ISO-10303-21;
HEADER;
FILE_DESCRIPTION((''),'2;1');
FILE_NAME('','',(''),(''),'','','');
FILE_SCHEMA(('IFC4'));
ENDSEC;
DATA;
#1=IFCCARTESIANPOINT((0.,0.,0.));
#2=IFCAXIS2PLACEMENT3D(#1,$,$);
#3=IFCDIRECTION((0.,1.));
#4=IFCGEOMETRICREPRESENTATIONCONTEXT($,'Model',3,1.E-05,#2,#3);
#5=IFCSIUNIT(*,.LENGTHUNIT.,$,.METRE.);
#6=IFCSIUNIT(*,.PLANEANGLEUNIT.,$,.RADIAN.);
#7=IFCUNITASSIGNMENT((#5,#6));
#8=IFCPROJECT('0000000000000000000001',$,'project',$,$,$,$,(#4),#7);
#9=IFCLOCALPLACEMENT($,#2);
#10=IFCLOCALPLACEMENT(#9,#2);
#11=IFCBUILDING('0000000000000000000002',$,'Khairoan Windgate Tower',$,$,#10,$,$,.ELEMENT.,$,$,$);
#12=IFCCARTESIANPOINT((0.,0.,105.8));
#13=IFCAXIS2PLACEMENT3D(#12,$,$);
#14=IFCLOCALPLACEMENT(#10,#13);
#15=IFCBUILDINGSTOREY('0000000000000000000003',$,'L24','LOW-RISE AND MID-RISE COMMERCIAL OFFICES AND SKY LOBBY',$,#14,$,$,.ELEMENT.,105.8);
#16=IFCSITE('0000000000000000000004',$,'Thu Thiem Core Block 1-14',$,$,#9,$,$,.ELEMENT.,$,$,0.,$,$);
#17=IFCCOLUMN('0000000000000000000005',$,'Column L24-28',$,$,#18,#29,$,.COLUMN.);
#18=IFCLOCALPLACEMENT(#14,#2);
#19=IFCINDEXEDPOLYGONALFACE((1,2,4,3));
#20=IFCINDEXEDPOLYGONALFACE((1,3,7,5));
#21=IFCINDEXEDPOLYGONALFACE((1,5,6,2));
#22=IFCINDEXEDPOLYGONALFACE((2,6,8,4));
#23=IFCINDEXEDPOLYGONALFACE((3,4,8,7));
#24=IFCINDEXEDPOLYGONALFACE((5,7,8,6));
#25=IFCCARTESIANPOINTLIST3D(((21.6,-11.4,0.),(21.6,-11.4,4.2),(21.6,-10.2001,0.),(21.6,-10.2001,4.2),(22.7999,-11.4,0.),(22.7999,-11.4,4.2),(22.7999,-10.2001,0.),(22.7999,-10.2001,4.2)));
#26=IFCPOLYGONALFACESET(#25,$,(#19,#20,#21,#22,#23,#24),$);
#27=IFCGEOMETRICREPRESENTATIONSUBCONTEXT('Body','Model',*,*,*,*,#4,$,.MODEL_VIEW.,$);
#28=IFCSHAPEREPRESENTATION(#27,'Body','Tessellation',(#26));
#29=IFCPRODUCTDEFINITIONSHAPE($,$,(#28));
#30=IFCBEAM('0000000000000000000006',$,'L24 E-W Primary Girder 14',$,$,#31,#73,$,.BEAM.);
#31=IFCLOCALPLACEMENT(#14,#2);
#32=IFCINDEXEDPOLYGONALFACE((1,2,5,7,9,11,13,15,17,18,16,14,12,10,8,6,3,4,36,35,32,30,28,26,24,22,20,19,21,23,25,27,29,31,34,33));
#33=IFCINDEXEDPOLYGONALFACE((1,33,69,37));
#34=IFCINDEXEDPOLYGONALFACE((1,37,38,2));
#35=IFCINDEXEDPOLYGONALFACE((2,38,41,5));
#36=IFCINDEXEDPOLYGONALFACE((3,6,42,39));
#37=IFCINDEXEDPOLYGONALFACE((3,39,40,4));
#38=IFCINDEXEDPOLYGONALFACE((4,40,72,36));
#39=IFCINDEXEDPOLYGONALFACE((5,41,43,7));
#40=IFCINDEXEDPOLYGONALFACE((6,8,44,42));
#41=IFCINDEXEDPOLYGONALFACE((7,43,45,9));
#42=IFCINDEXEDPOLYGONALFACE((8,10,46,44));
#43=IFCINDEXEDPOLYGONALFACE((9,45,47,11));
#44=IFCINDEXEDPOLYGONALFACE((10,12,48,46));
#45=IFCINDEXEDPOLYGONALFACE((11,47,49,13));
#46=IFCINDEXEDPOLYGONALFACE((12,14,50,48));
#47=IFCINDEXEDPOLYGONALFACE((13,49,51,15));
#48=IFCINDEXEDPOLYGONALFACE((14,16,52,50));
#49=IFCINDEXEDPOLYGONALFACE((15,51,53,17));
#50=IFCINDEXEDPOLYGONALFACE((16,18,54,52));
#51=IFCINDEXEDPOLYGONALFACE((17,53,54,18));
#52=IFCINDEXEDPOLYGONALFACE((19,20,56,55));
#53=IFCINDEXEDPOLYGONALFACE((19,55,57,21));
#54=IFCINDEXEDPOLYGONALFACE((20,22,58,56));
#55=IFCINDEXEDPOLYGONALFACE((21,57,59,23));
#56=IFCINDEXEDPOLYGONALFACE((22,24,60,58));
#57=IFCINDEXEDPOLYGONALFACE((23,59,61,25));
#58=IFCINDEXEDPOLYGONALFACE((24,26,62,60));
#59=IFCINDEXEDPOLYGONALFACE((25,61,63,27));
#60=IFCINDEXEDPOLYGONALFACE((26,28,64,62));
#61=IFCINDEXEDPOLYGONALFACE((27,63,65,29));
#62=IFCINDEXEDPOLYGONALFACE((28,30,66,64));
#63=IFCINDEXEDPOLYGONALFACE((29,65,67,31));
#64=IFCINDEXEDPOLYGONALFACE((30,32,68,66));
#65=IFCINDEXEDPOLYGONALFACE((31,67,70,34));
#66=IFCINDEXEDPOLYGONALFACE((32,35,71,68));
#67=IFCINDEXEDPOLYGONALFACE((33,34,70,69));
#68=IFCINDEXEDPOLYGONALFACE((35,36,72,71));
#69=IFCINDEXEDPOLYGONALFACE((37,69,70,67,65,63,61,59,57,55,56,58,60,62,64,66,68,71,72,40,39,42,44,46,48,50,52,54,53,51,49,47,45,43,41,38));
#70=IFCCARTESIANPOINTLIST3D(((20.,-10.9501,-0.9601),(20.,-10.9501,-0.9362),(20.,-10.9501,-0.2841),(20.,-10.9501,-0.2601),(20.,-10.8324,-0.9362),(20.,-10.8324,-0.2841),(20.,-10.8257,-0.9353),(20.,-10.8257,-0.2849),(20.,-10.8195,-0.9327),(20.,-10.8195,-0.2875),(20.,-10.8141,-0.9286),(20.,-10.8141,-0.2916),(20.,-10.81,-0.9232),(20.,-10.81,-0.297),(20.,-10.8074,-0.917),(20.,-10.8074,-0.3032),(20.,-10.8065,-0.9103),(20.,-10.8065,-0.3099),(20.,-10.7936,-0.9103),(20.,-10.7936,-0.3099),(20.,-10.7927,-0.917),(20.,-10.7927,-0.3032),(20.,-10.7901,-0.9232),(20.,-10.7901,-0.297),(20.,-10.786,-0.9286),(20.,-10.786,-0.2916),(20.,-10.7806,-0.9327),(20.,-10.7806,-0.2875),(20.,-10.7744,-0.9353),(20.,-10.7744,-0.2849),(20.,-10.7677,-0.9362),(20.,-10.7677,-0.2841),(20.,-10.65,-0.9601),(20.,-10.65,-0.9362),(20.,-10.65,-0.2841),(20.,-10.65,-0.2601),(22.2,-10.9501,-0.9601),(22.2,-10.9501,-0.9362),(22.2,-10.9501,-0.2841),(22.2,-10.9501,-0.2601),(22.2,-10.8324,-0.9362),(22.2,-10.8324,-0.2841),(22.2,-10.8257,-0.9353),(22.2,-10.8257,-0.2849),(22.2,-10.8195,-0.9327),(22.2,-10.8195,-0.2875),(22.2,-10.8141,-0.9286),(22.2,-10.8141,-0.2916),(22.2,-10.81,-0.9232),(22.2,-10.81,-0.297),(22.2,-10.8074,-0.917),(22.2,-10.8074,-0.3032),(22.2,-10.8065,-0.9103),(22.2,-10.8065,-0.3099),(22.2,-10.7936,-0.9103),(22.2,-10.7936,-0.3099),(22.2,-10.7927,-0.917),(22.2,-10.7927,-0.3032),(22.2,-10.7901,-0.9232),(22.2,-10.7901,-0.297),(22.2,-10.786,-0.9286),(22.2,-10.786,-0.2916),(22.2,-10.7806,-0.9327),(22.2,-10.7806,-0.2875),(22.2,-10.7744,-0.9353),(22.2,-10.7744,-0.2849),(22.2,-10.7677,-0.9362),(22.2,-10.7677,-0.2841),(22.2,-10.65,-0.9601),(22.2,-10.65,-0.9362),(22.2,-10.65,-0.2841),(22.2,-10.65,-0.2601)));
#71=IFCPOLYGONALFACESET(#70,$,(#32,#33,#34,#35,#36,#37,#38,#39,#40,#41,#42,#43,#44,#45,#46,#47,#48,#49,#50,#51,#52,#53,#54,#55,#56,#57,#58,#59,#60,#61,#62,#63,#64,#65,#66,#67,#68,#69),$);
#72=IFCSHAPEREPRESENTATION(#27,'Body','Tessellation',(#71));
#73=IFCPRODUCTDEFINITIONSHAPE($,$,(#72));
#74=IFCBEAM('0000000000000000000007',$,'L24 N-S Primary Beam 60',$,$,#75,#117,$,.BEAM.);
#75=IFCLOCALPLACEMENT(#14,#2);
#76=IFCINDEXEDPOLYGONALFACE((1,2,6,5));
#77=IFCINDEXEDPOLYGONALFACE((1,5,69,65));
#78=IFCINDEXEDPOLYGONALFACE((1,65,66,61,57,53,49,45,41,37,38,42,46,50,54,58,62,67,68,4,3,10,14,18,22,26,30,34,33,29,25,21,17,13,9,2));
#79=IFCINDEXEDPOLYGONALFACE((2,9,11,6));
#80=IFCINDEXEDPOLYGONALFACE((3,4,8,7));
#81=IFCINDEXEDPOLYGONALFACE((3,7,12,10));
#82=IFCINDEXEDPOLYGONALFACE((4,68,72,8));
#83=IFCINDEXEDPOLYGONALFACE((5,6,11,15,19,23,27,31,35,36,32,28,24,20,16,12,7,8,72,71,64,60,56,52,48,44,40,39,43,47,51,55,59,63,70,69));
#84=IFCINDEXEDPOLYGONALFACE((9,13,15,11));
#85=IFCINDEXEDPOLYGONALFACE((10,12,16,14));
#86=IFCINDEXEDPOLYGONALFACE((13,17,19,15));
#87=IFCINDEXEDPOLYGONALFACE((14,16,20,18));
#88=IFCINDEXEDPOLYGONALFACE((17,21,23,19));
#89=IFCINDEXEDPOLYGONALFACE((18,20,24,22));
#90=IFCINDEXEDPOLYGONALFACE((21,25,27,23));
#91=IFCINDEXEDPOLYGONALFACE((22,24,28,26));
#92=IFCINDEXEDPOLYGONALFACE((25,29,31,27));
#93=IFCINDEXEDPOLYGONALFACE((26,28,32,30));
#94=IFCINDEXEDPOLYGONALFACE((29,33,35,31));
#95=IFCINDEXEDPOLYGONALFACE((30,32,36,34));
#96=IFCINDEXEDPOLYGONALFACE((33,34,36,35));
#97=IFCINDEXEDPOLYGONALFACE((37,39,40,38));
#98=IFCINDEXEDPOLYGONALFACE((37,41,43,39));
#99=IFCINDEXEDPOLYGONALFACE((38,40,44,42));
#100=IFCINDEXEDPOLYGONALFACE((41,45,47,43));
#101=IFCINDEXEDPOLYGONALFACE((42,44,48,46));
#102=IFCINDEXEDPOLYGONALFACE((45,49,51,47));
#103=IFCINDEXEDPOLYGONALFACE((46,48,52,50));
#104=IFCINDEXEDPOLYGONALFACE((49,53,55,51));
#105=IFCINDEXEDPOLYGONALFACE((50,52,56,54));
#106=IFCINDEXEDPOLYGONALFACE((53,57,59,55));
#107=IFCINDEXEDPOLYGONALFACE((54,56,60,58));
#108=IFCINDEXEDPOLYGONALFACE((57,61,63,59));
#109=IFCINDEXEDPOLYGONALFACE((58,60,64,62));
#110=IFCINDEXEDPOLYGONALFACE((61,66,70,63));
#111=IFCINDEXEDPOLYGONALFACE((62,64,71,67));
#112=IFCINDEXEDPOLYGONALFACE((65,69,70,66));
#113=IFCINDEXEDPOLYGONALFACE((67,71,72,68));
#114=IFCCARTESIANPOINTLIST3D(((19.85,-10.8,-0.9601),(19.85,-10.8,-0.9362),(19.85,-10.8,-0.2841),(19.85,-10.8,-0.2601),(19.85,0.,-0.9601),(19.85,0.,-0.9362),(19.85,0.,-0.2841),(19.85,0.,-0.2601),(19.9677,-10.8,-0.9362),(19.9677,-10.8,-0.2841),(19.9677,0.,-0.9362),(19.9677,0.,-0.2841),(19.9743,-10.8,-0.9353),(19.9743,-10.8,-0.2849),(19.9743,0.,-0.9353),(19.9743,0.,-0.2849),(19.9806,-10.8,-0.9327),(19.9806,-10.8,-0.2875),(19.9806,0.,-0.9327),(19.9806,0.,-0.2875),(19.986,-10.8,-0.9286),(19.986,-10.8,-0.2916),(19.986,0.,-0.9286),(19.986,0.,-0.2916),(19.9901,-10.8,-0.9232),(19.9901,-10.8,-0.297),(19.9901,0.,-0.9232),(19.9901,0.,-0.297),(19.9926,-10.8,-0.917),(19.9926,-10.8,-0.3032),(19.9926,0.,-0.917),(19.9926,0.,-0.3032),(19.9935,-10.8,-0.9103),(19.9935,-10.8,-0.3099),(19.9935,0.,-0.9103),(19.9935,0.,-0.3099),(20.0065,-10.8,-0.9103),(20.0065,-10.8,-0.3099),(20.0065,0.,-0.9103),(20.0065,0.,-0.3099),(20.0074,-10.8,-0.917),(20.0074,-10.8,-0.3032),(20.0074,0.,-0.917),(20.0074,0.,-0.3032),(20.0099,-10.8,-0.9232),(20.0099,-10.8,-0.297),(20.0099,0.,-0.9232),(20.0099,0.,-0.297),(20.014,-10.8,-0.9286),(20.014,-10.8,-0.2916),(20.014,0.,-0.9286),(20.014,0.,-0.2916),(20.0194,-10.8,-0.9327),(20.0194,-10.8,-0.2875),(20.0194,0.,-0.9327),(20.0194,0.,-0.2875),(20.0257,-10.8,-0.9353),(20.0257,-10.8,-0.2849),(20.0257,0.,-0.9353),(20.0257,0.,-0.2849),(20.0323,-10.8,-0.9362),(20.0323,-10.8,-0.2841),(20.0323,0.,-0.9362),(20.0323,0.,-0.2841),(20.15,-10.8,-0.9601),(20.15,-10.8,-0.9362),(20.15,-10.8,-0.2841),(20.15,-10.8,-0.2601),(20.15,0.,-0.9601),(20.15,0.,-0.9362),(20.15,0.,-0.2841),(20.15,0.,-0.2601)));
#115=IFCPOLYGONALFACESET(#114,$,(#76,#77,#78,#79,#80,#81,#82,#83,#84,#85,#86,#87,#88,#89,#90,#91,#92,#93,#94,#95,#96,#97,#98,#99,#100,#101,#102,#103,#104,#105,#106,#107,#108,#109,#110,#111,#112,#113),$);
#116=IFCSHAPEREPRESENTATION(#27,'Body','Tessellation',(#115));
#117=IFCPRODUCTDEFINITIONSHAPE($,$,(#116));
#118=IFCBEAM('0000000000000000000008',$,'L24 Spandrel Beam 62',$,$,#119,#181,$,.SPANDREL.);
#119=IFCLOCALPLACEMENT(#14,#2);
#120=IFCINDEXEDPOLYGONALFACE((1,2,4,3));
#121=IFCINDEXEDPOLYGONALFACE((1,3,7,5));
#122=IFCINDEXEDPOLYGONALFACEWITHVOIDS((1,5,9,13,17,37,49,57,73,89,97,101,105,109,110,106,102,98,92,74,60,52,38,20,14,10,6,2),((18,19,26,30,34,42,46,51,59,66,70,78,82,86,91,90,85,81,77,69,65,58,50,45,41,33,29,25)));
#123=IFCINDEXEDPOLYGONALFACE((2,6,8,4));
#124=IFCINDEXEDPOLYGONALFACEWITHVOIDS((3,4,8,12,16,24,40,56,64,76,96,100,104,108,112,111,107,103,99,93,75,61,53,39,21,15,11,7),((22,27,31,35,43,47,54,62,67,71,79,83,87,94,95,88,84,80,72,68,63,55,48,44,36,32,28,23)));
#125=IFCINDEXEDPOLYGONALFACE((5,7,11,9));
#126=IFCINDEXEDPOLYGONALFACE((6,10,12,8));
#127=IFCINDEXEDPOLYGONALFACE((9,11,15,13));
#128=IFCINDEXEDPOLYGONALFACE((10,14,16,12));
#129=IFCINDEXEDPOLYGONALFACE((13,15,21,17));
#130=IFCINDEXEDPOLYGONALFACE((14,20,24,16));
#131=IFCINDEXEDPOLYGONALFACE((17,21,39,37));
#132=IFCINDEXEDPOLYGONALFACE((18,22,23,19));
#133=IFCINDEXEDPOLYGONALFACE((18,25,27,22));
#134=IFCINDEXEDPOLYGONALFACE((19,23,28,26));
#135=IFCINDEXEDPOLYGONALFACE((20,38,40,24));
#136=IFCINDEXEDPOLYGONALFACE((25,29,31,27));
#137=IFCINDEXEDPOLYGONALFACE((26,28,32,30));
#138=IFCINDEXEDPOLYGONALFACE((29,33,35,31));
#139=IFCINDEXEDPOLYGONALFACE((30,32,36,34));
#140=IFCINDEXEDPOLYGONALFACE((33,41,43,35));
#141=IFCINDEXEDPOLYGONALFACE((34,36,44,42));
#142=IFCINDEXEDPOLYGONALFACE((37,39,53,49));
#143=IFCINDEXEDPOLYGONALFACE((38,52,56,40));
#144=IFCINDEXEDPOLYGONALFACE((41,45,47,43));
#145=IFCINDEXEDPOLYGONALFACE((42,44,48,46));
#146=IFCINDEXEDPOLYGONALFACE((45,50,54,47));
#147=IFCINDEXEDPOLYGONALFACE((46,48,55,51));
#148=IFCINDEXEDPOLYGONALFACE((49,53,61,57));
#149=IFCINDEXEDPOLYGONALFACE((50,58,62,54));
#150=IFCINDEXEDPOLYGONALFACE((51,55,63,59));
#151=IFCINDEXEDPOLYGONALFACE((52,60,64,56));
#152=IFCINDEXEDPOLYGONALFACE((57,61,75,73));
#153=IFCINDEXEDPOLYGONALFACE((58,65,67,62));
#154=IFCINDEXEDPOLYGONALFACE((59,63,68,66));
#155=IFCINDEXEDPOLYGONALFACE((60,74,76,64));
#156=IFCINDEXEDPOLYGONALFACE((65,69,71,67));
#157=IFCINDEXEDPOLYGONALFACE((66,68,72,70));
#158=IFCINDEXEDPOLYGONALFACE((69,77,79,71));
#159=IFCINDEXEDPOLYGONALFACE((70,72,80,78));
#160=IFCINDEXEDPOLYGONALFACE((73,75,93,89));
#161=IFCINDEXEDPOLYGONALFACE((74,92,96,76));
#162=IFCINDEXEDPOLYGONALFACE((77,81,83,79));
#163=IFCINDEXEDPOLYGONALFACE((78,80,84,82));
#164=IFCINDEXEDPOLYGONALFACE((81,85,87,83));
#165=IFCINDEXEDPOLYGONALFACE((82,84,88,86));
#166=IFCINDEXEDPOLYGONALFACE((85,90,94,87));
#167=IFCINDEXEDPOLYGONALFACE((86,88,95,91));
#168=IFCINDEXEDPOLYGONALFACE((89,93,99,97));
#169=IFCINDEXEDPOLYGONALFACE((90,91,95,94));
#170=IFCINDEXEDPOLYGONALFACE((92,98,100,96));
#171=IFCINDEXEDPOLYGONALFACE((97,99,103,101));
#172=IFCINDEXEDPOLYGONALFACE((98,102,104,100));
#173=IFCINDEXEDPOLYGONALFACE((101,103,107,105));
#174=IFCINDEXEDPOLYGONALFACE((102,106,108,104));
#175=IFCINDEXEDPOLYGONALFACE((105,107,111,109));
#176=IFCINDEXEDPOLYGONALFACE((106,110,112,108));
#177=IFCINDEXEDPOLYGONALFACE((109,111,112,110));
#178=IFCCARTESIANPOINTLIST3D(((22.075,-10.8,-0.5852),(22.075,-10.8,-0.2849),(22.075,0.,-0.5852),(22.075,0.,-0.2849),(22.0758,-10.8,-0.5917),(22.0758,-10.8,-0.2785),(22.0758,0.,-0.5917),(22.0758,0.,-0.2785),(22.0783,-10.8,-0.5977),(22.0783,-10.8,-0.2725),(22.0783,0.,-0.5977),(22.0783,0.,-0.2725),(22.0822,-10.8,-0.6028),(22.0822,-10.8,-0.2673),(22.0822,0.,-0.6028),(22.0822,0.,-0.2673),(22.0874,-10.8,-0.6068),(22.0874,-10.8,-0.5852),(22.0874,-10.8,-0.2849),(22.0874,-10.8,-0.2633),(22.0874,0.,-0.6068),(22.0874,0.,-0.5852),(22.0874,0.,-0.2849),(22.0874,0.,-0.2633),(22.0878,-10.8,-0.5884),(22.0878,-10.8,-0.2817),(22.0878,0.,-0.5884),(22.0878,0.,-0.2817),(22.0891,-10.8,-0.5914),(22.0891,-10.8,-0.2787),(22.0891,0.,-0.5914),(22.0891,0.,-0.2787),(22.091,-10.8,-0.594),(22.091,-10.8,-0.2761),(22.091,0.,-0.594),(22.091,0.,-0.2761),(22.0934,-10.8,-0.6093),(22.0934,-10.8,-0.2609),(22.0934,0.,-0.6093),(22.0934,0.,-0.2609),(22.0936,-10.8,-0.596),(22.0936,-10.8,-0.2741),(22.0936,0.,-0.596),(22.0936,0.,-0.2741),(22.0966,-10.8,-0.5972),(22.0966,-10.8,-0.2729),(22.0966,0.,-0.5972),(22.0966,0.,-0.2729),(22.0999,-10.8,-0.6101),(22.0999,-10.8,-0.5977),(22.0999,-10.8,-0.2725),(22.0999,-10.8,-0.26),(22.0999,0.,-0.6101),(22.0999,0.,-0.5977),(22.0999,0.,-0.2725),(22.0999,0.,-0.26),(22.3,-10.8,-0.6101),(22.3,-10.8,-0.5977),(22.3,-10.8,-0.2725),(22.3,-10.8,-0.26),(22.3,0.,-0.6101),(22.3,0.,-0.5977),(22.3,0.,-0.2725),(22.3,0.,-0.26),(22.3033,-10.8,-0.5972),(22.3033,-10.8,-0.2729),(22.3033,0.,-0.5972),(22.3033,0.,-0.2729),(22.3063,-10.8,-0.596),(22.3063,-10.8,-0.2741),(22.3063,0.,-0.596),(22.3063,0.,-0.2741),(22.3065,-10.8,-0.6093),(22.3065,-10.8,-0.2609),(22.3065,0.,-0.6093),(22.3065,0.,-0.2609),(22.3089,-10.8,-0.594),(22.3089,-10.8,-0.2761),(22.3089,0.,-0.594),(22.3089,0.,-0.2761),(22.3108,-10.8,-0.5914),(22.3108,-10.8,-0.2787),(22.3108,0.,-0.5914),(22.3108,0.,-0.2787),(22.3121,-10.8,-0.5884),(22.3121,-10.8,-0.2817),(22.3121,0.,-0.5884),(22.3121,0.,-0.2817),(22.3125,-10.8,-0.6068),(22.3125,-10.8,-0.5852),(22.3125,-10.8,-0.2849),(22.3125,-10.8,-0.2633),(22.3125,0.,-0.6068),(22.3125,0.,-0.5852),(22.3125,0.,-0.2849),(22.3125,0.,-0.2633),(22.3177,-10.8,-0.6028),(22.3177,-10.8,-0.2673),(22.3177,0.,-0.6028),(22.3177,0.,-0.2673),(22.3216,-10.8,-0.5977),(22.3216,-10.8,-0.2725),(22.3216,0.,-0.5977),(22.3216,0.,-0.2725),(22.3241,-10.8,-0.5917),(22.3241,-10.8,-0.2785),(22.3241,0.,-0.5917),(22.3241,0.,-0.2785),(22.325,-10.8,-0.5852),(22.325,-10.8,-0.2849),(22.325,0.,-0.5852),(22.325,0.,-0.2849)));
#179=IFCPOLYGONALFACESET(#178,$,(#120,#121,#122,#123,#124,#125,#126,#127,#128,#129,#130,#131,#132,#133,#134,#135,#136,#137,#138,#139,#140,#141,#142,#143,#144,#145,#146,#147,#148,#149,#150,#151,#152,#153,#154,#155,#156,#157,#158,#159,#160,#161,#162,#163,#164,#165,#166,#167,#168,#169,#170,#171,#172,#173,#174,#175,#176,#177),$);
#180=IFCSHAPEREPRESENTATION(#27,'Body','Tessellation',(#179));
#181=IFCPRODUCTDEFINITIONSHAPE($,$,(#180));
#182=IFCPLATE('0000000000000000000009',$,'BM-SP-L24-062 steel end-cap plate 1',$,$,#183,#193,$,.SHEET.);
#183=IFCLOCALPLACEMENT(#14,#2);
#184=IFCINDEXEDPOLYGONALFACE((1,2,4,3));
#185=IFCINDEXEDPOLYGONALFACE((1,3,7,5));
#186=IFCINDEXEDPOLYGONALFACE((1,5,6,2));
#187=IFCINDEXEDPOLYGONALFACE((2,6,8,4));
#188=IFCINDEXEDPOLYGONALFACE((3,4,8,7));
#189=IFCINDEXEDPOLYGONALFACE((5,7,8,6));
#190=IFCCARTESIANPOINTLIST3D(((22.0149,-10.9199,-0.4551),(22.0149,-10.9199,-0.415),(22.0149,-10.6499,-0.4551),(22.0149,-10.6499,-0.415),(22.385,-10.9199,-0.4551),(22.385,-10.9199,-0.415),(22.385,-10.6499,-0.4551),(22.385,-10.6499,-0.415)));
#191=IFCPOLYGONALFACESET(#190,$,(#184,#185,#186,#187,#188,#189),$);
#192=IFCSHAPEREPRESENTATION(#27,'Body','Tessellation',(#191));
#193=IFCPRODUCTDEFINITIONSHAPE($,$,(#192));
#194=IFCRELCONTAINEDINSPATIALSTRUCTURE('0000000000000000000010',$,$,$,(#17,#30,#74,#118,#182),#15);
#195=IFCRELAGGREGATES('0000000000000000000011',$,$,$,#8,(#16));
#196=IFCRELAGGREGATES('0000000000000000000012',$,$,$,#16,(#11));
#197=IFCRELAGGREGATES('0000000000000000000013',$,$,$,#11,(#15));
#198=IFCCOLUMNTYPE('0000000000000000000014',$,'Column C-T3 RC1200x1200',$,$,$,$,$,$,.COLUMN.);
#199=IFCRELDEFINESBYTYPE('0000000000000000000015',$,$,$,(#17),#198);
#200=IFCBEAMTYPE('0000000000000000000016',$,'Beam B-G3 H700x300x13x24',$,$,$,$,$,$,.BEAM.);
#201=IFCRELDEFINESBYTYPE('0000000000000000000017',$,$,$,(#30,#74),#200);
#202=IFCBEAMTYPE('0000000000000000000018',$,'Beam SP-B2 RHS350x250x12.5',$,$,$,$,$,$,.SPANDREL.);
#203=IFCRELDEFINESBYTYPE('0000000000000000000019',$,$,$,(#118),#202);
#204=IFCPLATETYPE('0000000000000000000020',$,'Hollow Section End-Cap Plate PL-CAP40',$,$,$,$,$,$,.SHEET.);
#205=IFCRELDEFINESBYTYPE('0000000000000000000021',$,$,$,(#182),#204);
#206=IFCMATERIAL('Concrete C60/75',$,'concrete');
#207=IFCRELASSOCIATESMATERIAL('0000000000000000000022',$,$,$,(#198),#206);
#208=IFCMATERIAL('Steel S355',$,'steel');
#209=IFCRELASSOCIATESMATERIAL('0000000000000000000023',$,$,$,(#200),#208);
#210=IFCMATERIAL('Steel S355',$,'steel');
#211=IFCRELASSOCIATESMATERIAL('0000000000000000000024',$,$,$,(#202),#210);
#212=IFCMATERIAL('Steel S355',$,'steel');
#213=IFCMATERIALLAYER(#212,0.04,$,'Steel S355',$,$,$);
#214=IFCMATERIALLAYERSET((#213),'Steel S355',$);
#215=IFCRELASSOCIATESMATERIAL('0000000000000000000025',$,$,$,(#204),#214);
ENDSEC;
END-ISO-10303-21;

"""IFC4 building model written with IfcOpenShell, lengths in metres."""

from ifc_helpers import new_model, si_unit, direction, frame, origin, origin_2d, place, context, subcontext, project, spatial, rectangle, hollow_rectangle, i_section, extrude, material, layer, layer_set, material_profile, profile_set, type_object, element, save


model = new_model("IFC4")

# Units and contexts
model_context = context("Model", 3, precision=1e-05, world=origin(), true_north=direction((0.0, 1.0)))
body_context = subcontext(model_context, "Body", "Model", "MODEL_VIEW")
ifc_project = project(units=[si_unit("LENGTHUNIT", "METRE"), si_unit("PLANEANGLEUNIT", "RADIAN")], contexts=[model_context])

# Site, building, storey
site_placement = place(None, origin())
site = spatial("IfcSite", under=ifc_project, at=site_placement, Name="Thu Thiem Core Block 1-14", CompositionType="ELEMENT", RefElevation=0.0)
building_placement = place(site_placement, origin())
building = spatial("IfcBuilding", under=site, at=building_placement, Name="Khairoan Windgate Tower", CompositionType="ELEMENT")
storey_placement = place(building_placement, frame((0.0, 0.0, 105.8)))
storey = spatial("IfcBuildingStorey", under=building, at=storey_placement, Name="L24", Description="LOW-RISE AND MID-RISE COMMERCIAL OFFICES AND SKY LOBBY", CompositionType="ELEMENT", Elevation=105.8)

# Column
ifc_material_1 = material(Name="Concrete C60/75", Category="concrete")
ifc_material_profile_1 = material_profile(ifc_material_1, rectangle(XDim=1.2, YDim=1.2, at=origin_2d()))
ifc_profile_set_1 = profile_set([ifc_material_profile_1], Name="Concrete C60/75")
column_type = type_object("IfcColumnType", Name="Column C-T3 RC1200x1200", PredefinedType="COLUMN", material=ifc_profile_set_1)
column_placement = place(storey_placement, frame((22.2, -10.8, 0.0), z_axis=(0.0, 0.0, 1.0), x_axis=(1.0, 0.0, 0.0)))
element("IfcColumn", 1, at=column_placement, inside=storey, type_object=column_type, Name="Column L24-28", PredefinedType="COLUMN", context=body_context, shape_type="SweptSolid", body=[
    extrude(rectangle(XDim=1.2, YDim=1.2, at=origin_2d()), origin(), (0.0, 0.0, 1.0), 4.2),
])

# Beams
ifc_material_2 = material(Name="Steel S355", Category="steel")
ifc_material_profile_2 = material_profile(ifc_material_2, i_section(OverallWidth=0.3, OverallDepth=0.7, WebThickness=0.0129, FlangeThickness=0.0239, FilletRadius=0.0259, at=origin_2d()))
ifc_profile_set_2 = profile_set([ifc_material_profile_2], Name="Steel S355")
beam_type_1 = type_object("IfcBeamType", Name="Beam B-G3 H700x300x13x24", PredefinedType="BEAM", material=ifc_profile_set_2)
beam_1_placement = place(storey_placement, frame((20.0, -10.8, -0.6101), z_axis=(1.0, 0.0, 0.0), x_axis=(0.0, 1.0, 0.0)))
element("IfcBeam", 2, at=beam_1_placement, inside=storey, type_object=beam_type_1, Name="L24 E-W Primary Girder 14", PredefinedType="BEAM", context=body_context, shape_type="SweptSolid", body=[
    extrude(i_section(OverallWidth=0.3, OverallDepth=0.7, WebThickness=0.0129, FlangeThickness=0.0239, FilletRadius=0.0259, at=origin_2d()), origin(), (0.0, 0.0, 1.0), 2.2),
])
beam_2_placement = place(storey_placement, frame((20.0, -10.8, -0.6101), z_axis=(0.0, 1.0, 0.0), x_axis=(-1.0, 0.0, 0.0)))
element("IfcBeam", 3, at=beam_2_placement, inside=storey, type_object=beam_type_1, Name="L24 N-S Primary Beam 60", PredefinedType="BEAM", context=body_context, shape_type="SweptSolid", body=[
    extrude(i_section(OverallWidth=0.3, OverallDepth=0.7, WebThickness=0.0129, FlangeThickness=0.0239, FilletRadius=0.0259, at=origin_2d()), origin(), (0.0, 0.0, 1.0), 10.8),
])
ifc_material_3 = material(Name="Steel S355", Category="steel")
ifc_material_profile_3 = material_profile(ifc_material_3, hollow_rectangle(XDim=0.25, YDim=0.3501, WallThickness=0.0125, InnerFilletRadius=0.0125, OuterFilletRadius=0.0249, at=origin_2d()))
ifc_profile_set_3 = profile_set([ifc_material_profile_3], Name="Steel S355")
beam_type_2 = type_object("IfcBeamType", Name="Beam SP-B2 RHS350x250x12.5", PredefinedType="SPANDREL", material=ifc_profile_set_3)
beam_3_placement = place(storey_placement, frame((22.2, -10.8, -0.4351), z_axis=(0.0, 1.0, 0.0), x_axis=(-1.0, 0.0, 0.0)))
element("IfcBeam", 4, at=beam_3_placement, inside=storey, type_object=beam_type_2, Name="L24 Spandrel Beam 62", PredefinedType="SPANDREL", context=body_context, shape_type="SweptSolid", body=[
    extrude(hollow_rectangle(XDim=0.25, YDim=0.3501, WallThickness=0.0125, InnerFilletRadius=0.0125, OuterFilletRadius=0.0249, at=origin_2d()), origin(), (0.0, 0.0, 1.0), 10.8),
])

# Plate
ifc_material_4 = material(Name="Steel S355", Category="steel")
ifc_layer_1 = layer(ifc_material_4, 0.04, Name="Steel S355")
ifc_layer_set_1 = layer_set([ifc_layer_1], Name="Steel S355")
plate_type = type_object("IfcPlateType", Name="Hollow Section End-Cap Plate PL-CAP40", PredefinedType="SHEET", material=ifc_layer_set_1)
plate_placement = place(storey_placement, frame((22.2, -10.7849, -0.4551), z_axis=(0.0, 0.0, 1.0), x_axis=(0.0, 1.0, 0.0)))
element("IfcPlate", 5, at=plate_placement, inside=storey, type_object=plate_type, Name="BM-SP-L24-062 steel end-cap plate 1", PredefinedType="SHEET", context=body_context, shape_type="SweptSolid", body=[
    extrude(rectangle(XDim=0.27, YDim=0.3701, at=origin_2d()), origin(), (0.0, 0.0, 1.0), 0.04),
])

save(model, "model.ifc")
